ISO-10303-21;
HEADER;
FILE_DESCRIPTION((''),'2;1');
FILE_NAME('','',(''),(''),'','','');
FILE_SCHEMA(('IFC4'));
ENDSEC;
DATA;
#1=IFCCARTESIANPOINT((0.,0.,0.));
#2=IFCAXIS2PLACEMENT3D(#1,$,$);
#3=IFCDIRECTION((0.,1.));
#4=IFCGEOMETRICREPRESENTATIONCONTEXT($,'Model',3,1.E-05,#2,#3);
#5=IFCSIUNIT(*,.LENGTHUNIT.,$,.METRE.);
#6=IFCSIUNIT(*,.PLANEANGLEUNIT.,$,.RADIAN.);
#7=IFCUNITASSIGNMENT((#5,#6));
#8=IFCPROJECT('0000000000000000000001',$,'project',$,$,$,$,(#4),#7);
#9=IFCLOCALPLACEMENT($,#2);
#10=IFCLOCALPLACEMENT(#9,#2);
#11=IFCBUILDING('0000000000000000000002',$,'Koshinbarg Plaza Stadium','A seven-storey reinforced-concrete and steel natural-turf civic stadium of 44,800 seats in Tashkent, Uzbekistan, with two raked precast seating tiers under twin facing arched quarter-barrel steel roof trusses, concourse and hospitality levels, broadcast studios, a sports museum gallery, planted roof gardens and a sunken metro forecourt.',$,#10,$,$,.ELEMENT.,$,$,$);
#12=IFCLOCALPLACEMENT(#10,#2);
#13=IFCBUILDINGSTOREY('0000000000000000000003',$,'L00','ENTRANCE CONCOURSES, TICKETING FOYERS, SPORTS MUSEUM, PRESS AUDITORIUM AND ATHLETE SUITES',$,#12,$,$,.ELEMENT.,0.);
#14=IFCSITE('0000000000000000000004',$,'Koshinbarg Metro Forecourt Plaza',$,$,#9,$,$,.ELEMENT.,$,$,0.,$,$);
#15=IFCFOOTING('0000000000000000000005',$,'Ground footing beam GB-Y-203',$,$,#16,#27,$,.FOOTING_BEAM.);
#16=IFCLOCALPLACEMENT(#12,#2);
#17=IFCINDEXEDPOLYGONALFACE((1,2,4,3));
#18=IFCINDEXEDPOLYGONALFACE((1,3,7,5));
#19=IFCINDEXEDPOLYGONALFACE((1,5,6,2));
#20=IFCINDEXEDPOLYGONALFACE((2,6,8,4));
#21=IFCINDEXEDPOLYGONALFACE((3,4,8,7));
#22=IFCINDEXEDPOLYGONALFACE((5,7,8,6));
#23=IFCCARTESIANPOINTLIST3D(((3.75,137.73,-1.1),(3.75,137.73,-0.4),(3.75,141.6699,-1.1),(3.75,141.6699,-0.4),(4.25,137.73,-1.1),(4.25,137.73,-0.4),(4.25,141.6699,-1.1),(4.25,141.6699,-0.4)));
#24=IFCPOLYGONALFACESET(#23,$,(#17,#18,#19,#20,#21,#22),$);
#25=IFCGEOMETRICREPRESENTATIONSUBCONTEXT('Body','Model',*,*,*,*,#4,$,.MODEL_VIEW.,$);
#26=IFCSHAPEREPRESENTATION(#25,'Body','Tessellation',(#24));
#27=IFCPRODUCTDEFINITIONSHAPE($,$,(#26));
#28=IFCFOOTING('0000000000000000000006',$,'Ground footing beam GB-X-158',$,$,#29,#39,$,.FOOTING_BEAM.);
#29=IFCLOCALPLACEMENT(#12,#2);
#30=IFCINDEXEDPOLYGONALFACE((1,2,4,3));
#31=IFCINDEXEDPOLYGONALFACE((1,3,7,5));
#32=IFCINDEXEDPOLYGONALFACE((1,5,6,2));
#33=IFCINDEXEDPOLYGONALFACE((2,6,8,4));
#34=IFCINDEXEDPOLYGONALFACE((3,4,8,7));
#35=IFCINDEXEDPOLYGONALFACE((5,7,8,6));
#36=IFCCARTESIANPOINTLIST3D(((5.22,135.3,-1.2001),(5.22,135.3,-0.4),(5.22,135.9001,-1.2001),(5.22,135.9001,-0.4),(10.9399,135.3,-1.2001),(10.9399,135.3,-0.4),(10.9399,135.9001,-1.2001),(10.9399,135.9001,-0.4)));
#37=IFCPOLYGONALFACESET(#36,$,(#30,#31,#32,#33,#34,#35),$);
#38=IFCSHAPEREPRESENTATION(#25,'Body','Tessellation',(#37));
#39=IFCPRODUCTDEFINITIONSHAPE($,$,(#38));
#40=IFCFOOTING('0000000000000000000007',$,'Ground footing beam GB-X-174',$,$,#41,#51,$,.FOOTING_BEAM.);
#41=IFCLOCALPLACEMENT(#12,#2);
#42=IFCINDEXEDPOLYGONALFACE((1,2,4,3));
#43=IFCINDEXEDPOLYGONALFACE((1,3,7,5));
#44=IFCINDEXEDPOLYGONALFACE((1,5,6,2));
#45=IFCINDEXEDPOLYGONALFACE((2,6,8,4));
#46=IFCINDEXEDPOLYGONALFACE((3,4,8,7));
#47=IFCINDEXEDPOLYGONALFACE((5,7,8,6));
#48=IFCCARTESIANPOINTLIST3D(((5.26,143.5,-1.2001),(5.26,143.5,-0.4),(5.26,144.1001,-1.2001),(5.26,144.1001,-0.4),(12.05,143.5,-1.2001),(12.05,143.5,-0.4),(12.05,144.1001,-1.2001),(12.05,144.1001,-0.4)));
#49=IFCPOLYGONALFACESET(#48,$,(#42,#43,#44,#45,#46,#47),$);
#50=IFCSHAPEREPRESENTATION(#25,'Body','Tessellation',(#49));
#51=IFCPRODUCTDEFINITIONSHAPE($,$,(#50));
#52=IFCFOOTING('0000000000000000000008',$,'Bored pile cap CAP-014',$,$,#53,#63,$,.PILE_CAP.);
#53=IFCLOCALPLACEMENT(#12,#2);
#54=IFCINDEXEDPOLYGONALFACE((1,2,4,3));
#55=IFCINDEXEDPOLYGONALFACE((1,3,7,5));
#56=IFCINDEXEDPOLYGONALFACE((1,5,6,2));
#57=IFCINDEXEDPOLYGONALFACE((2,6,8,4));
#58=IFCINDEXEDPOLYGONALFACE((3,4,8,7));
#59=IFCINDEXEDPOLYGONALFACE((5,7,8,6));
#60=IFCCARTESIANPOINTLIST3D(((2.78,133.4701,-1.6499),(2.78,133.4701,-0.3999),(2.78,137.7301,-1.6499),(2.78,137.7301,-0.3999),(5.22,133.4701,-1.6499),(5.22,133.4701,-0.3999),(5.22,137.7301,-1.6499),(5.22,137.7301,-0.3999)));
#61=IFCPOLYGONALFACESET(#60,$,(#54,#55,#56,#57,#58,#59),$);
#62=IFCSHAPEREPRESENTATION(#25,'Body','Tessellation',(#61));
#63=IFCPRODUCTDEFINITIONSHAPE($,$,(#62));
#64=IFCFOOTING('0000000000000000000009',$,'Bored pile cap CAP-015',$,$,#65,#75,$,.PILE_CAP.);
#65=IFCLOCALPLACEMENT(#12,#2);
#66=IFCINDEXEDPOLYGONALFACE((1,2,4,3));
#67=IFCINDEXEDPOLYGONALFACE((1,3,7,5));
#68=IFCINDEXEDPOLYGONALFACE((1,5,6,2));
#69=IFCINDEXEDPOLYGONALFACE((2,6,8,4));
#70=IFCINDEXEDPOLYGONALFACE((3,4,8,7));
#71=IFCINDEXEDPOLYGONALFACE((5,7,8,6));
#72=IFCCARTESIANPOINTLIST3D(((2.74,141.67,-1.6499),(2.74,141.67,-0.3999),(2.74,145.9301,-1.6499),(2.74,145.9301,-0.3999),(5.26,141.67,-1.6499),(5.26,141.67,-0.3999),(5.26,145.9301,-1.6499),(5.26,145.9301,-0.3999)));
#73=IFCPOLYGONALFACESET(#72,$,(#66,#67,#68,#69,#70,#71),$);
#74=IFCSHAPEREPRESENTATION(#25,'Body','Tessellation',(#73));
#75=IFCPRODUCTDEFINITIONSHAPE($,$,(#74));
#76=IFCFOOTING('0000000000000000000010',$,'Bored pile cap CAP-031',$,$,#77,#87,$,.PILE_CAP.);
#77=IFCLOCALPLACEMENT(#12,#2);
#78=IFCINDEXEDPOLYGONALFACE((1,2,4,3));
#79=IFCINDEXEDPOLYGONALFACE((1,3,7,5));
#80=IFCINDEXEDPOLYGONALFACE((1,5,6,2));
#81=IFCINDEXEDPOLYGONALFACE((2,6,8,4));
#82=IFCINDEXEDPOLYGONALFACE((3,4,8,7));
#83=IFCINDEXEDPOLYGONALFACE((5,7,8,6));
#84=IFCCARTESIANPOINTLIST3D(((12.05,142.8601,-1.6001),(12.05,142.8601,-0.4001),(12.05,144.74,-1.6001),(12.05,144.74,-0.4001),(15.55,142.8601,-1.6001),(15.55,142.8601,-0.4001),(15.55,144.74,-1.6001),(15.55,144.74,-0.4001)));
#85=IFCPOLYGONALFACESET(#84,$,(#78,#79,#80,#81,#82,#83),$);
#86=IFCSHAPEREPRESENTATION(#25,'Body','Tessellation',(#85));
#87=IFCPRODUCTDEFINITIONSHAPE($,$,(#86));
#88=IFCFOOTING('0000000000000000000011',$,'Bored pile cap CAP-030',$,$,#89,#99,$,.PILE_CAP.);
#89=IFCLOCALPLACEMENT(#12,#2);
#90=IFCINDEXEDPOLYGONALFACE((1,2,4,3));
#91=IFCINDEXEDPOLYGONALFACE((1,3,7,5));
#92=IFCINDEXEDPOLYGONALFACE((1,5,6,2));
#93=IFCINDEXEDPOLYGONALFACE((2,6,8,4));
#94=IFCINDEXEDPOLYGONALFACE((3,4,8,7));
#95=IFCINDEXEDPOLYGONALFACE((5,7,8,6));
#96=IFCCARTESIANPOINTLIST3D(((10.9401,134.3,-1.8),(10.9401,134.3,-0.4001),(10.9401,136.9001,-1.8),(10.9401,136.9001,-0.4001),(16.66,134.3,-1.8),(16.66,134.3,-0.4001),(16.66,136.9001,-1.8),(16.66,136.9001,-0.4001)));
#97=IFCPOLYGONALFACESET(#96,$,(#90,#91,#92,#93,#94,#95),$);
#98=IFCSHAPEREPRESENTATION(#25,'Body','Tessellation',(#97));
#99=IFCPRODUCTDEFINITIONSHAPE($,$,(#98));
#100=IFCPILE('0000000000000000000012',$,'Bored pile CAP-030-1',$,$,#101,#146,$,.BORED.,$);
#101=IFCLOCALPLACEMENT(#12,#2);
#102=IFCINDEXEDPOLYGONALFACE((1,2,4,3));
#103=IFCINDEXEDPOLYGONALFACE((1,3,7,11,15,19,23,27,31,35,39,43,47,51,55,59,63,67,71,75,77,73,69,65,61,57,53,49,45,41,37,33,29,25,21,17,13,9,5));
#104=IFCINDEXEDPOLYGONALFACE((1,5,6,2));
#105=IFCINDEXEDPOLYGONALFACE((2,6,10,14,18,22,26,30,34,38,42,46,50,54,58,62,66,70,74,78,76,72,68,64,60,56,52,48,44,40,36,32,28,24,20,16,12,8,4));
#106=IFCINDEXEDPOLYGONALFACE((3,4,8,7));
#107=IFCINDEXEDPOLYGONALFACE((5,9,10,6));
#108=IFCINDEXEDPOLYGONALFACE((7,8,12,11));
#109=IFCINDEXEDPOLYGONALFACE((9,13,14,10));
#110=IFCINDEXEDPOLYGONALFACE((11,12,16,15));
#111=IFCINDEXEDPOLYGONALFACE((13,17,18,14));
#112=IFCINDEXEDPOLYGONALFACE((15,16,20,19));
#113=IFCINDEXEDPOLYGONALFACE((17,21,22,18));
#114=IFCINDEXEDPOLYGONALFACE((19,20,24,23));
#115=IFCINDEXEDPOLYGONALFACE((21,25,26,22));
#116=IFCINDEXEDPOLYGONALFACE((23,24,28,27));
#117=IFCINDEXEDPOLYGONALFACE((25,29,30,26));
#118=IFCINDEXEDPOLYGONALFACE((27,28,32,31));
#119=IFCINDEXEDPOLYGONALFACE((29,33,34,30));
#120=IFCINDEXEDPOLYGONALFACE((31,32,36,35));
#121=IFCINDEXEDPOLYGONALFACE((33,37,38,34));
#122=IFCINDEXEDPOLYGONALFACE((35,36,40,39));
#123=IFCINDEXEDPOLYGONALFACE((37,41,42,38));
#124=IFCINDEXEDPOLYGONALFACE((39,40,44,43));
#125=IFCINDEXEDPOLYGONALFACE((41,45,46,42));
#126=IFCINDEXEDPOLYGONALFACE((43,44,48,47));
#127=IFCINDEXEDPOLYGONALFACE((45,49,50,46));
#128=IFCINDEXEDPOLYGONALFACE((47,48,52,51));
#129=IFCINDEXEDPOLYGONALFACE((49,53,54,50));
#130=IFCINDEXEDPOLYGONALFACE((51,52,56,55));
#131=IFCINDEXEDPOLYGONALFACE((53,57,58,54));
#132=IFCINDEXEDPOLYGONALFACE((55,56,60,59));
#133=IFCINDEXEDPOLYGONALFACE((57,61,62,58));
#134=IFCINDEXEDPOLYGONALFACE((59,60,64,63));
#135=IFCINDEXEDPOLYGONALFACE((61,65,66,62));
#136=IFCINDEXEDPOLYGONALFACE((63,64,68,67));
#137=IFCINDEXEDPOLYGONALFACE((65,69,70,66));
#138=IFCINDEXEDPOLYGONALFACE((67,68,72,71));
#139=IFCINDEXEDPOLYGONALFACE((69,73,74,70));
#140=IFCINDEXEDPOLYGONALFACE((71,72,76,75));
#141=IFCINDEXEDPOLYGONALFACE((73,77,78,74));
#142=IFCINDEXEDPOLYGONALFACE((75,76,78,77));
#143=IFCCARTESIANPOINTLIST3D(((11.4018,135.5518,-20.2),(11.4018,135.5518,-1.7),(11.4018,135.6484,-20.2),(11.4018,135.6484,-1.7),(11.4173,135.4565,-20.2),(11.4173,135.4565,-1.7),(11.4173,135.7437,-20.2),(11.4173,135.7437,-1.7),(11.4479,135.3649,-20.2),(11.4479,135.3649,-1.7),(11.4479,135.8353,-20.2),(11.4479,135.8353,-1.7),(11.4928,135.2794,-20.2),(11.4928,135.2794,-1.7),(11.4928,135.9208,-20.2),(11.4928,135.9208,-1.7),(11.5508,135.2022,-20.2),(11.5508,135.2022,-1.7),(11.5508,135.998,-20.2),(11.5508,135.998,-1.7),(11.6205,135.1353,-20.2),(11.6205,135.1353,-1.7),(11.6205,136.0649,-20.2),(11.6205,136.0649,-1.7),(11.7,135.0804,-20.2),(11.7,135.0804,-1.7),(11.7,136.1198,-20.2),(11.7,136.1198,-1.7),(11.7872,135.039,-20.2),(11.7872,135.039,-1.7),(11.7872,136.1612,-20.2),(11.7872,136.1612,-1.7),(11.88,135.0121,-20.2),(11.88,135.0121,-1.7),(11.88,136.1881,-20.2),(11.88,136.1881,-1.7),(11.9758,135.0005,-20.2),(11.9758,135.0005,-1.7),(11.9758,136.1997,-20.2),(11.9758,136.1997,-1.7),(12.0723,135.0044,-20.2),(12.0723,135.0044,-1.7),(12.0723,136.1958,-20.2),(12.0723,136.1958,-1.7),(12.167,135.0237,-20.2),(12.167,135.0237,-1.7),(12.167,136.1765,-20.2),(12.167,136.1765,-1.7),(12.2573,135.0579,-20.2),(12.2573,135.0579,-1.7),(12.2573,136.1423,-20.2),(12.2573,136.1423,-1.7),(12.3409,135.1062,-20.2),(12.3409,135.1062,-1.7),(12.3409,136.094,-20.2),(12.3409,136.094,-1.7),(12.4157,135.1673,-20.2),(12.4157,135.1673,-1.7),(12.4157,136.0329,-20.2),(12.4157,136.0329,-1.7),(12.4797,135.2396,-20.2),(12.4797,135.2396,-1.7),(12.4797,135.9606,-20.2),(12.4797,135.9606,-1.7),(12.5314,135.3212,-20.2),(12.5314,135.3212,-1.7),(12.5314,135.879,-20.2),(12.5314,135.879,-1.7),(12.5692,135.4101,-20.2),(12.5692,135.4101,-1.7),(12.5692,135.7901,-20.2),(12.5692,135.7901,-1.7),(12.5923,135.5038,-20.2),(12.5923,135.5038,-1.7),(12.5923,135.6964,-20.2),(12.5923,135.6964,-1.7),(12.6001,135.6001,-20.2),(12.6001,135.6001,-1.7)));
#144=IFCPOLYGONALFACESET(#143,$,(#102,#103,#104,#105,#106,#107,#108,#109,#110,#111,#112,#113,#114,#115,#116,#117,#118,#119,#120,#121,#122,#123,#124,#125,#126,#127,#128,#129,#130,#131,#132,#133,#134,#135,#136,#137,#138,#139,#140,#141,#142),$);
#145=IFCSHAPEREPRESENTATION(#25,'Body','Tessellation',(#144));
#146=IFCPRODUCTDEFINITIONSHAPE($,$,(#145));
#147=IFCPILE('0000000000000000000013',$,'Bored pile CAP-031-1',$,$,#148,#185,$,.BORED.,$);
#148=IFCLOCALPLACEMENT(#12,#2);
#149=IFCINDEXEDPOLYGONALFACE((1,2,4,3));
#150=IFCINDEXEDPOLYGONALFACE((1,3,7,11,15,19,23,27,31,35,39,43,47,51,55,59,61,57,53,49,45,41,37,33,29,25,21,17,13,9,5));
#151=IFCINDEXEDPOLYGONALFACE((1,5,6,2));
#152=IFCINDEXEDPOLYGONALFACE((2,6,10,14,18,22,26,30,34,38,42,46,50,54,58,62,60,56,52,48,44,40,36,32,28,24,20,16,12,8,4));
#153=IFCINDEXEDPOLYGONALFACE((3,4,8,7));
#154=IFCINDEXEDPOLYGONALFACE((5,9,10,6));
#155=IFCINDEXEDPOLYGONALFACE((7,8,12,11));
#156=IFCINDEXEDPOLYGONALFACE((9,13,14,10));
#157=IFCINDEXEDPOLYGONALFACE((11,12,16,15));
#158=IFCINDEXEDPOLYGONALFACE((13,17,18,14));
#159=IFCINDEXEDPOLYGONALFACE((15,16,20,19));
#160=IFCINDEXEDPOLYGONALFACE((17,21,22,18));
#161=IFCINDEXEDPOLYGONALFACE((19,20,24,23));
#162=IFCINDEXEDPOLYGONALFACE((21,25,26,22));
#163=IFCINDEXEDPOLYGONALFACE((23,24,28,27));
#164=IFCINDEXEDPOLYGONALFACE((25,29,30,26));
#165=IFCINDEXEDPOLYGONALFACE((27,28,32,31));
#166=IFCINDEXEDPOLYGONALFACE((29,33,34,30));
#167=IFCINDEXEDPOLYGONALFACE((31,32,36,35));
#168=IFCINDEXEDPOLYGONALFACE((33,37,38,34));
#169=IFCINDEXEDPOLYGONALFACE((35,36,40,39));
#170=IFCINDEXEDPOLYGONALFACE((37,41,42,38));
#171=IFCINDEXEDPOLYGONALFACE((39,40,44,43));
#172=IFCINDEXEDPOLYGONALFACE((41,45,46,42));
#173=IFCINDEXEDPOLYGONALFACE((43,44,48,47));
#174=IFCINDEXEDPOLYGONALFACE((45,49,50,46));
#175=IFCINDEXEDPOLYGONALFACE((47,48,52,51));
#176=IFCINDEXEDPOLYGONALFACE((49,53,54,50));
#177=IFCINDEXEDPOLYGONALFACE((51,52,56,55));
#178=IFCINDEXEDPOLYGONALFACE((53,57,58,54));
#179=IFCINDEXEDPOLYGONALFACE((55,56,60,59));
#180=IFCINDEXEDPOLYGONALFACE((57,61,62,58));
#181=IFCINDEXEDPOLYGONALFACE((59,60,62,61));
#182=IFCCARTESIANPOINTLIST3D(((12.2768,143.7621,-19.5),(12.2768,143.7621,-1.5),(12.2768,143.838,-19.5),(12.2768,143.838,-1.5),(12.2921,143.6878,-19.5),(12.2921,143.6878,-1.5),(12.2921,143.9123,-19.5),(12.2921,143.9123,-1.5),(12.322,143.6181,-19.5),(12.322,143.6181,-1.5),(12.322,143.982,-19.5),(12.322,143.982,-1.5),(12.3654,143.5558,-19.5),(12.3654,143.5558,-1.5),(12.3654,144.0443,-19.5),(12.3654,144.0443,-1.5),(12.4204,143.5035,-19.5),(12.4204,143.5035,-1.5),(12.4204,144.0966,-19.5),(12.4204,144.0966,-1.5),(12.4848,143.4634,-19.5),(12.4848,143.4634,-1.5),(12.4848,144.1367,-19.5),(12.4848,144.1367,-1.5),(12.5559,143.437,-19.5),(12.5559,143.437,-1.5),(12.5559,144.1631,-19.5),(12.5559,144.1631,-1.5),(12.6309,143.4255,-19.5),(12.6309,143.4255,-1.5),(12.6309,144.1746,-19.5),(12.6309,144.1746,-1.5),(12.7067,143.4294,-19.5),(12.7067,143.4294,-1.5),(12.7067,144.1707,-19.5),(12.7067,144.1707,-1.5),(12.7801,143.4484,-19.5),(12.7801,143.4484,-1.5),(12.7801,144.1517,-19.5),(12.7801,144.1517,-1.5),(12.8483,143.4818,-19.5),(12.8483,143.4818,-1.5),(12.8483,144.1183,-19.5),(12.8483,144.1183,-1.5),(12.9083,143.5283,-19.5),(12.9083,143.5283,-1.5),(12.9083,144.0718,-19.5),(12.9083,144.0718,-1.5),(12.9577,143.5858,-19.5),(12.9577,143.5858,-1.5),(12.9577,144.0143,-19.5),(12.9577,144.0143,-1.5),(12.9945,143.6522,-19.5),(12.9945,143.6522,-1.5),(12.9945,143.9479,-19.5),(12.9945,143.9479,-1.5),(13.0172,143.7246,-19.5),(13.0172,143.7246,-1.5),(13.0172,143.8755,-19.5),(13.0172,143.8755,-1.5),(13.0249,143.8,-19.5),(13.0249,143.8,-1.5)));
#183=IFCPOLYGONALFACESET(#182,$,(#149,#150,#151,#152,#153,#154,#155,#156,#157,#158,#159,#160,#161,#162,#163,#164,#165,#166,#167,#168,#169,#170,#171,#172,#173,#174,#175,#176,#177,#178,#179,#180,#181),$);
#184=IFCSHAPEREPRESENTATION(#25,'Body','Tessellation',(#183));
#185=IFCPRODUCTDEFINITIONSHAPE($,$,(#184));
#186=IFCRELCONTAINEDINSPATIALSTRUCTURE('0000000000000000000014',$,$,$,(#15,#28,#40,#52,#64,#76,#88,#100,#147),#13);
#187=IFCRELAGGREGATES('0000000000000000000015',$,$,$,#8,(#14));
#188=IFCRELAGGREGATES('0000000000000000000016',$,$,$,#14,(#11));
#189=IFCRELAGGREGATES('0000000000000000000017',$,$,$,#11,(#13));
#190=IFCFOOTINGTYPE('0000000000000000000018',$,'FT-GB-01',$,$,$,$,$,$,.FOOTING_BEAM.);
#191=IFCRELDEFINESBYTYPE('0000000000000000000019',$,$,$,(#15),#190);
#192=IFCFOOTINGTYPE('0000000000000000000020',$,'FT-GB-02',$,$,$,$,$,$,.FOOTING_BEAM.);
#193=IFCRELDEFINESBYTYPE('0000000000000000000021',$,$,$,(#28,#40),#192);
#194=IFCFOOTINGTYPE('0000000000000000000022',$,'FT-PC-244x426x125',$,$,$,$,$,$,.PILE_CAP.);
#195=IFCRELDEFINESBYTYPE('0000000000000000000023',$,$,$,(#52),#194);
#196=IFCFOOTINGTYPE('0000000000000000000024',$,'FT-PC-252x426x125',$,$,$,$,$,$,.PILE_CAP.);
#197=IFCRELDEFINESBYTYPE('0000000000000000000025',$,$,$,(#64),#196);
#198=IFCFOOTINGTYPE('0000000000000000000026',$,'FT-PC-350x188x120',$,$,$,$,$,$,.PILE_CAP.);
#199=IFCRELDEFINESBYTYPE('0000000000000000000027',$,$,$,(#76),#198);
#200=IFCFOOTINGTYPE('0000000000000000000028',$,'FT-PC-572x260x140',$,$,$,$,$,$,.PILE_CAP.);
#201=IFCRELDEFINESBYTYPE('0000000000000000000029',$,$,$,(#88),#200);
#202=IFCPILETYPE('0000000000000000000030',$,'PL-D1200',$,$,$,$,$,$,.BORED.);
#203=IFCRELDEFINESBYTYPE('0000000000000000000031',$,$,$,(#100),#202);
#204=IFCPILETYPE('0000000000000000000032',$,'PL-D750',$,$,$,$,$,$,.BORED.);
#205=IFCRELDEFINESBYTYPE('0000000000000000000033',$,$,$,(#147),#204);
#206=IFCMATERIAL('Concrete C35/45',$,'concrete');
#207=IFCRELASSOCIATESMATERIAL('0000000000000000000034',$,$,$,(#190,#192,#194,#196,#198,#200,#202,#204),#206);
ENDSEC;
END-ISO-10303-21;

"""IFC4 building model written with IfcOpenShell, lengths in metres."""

from ifc_helpers import new_model, si_unit, direction, frame, origin, origin_2d, place, context, subcontext, project, spatial, rectangle, circle, extrude, material, material_profile, profile_set, type_object, element, save


model = new_model("IFC4")

# Units and contexts
model_context = context("Model", 3, precision=1e-05, world=origin(), true_north=direction((0.0, 1.0)))
body_context = subcontext(model_context, "Body", "Model", "MODEL_VIEW")
ifc_project = project(units=[si_unit("LENGTHUNIT", "METRE"), si_unit("PLANEANGLEUNIT", "RADIAN")], contexts=[model_context])

# Site, building, storey
site_placement = place(None, origin())
site = spatial("IfcSite", under=ifc_project, at=site_placement, Name="Koshinbarg Metro Forecourt Plaza", CompositionType="ELEMENT", RefElevation=0.0)
building_placement = place(site_placement, origin())
building = spatial("IfcBuilding", under=site, at=building_placement, Name="Koshinbarg Plaza Stadium", Description="A seven-storey reinforced-concrete and steel natural-turf civic stadium of 44,800 seats in Tashkent, Uzbekistan, with two raked precast seating tiers under twin facing arched quarter-barrel steel roof trusses, concourse and hospitality levels, broadcast studios, a sports museum gallery, planted roof gardens and a sunken metro forecourt.", CompositionType="ELEMENT")
storey_placement = place(building_placement, origin())
storey = spatial("IfcBuildingStorey", under=building, at=storey_placement, Name="L00", Description="ENTRANCE CONCOURSES, TICKETING FOYERS, SPORTS MUSEUM, PRESS AUDITORIUM AND ATHLETE SUITES", CompositionType="ELEMENT", Elevation=0.0)

# Footings
ifc_material_1 = material(Name="Concrete C35/45", Category="concrete")
ifc_material_profile_1 = material_profile(ifc_material_1, rectangle(XDim=0.5, YDim=0.7, at=origin_2d()), Name="GB 500x700")
ifc_profile_set_1 = profile_set([ifc_material_profile_1], Name="Concrete C35/45")
footing_type_1 = type_object("IfcFootingType", Name="FT-GB-01", PredefinedType="FOOTING_BEAM", material=ifc_profile_set_1)
footing_1_placement = place(storey_placement, frame((4.0, 137.73, -0.75), z_axis=(0.0, 1.0, 0.0), x_axis=(-1.0, 0.0, 0.0)))
element("IfcFooting", 1, at=footing_1_placement, inside=storey, type_object=footing_type_1, Name="Ground footing beam GB-Y-203", PredefinedType="FOOTING_BEAM", context=body_context, shape_type="SweptSolid", body=[
    extrude(rectangle(XDim=0.5, YDim=0.7, at=origin_2d()), origin(), (0.0, 0.0, 1.0), 3.9399),
])
ifc_material_profile_2 = material_profile(ifc_material_1, rectangle(XDim=0.6001, YDim=0.8, at=origin_2d()), Name="GB 600x800")
ifc_profile_set_2 = profile_set([ifc_material_profile_2], Name="Concrete C35/45")
footing_type_2 = type_object("IfcFootingType", Name="FT-GB-02", PredefinedType="FOOTING_BEAM", material=ifc_profile_set_2)
footing_2_placement = place(storey_placement, frame((5.22, 135.6001, -0.8), z_axis=(1.0, 0.0, 0.0), x_axis=(0.0, 1.0, 0.0)))
element("IfcFooting", 2, at=footing_2_placement, inside=storey, type_object=footing_type_2, Name="Ground footing beam GB-X-158", PredefinedType="FOOTING_BEAM", context=body_context, shape_type="SweptSolid", body=[
    extrude(rectangle(XDim=0.6001, YDim=0.8, at=origin_2d()), origin(), (0.0, 0.0, 1.0), 5.72),
])
footing_3_placement = place(storey_placement, frame((5.26, 143.8, -0.8), z_axis=(1.0, 0.0, 0.0), x_axis=(0.0, 1.0, 0.0)))
element("IfcFooting", 3, at=footing_3_placement, inside=storey, type_object=footing_type_2, Name="Ground footing beam GB-X-174", PredefinedType="FOOTING_BEAM", context=body_context, shape_type="SweptSolid", body=[
    extrude(rectangle(XDim=0.6001, YDim=0.8, at=origin_2d()), origin(), (0.0, 0.0, 1.0), 6.79),
])
footing_type_3 = type_object("IfcFootingType", Name="FT-PC-244x426x125", PredefinedType="PILE_CAP", material=ifc_material_1)
footing_4_placement = place(storey_placement, frame((4.0, 135.6001, -1.6499), z_axis=(0.0, 0.0, 1.0), x_axis=(1.0, 0.0, 0.0)))
element("IfcFooting", 4, at=footing_4_placement, inside=storey, type_object=footing_type_3, Name="Bored pile cap CAP-014", PredefinedType="PILE_CAP", context=body_context, shape_type="SweptSolid", body=[
    extrude(rectangle(XDim=2.4399, YDim=4.26, at=origin_2d()), origin(), (0.0, 0.0, 1.0), 1.25),
])
footing_type_4 = type_object("IfcFootingType", Name="FT-PC-252x426x125", PredefinedType="PILE_CAP", material=ifc_material_1)
footing_5_placement = place(storey_placement, frame((4.0, 143.8, -1.6499), z_axis=(0.0, 0.0, 1.0), x_axis=(1.0, 0.0, 0.0)))
element("IfcFooting", 5, at=footing_5_placement, inside=storey, type_object=footing_type_4, Name="Bored pile cap CAP-015", PredefinedType="PILE_CAP", context=body_context, shape_type="SweptSolid", body=[
    extrude(rectangle(XDim=2.52, YDim=4.26, at=origin_2d()), origin(), (0.0, 0.0, 1.0), 1.25),
])
footing_type_5 = type_object("IfcFootingType", Name="FT-PC-350x188x120", PredefinedType="PILE_CAP", material=ifc_material_1)
footing_6_placement = place(storey_placement, frame((13.8, 143.8, -1.6001), z_axis=(0.0, 0.0, 1.0), x_axis=(1.0, 0.0, 0.0)))
element("IfcFooting", 6, at=footing_6_placement, inside=storey, type_object=footing_type_5, Name="Bored pile cap CAP-031", PredefinedType="PILE_CAP", context=body_context, shape_type="SweptSolid", body=[
    extrude(rectangle(XDim=3.5, YDim=1.8799, at=origin_2d()), origin(), (0.0, 0.0, 1.0), 1.2),
])
footing_type_6 = type_object("IfcFootingType", Name="FT-PC-572x260x140", PredefinedType="PILE_CAP", material=ifc_material_1)
footing_7_placement = place(storey_placement, frame((13.8, 135.6001, -1.8), z_axis=(0.0, 0.0, 1.0), x_axis=(1.0, 0.0, 0.0)))
element("IfcFooting", 7, at=footing_7_placement, inside=storey, type_object=footing_type_6, Name="Bored pile cap CAP-030", PredefinedType="PILE_CAP", context=body_context, shape_type="SweptSolid", body=[
    extrude(rectangle(XDim=5.72, YDim=2.6001, at=origin_2d()), origin(), (0.0, 0.0, 1.0), 1.3999),
])

# Piles
ifc_material_profile_3 = material_profile(ifc_material_1, circle(Radius=0.6001, at=origin_2d()), Name="PILE D1200")
ifc_profile_set_3 = profile_set([ifc_material_profile_3], Name="Concrete C35/45")
pile_type_1 = type_object("IfcPileType", Name="PL-D1200", PredefinedType="BORED", material=ifc_profile_set_3)
pile_placement = place(storey_placement, frame((12.0, 135.6001, -1.7), z_axis=(0.0, 0.0, -1.0), x_axis=(1.0, 0.0, 0.0)))
element("IfcPile", 8, at=pile_placement, inside=storey, type_object=pile_type_1, Name="Bored pile CAP-030-1", PredefinedType="BORED", context=body_context, shape_type="SweptSolid", body=[
    extrude(circle(Radius=0.6001, at=origin_2d()), origin(), (0.0, 0.0, 1.0), 18.5),
])
ifc_material_profile_4 = material_profile(ifc_material_1, circle(Radius=0.375, at=origin_2d()), Name="PILE D750")
ifc_profile_set_4 = profile_set([ifc_material_profile_4], Name="Concrete C35/45")
pile_type_2 = type_object("IfcPileType", Name="PL-D750", PredefinedType="BORED", material=ifc_profile_set_4)
for number, where, z_axis, x_axis, name in (
    (9, (12.6499, 143.8, -1.5), (0.0, 0.0, -1.0), (1.0, 0.0, 0.0), "Bored pile CAP-031-1"),
):
    element("IfcPile", number, at=place(storey_placement, frame(where, z_axis=z_axis, x_axis=x_axis)), inside=storey, type_object=pile_type_2, Name=name, PredefinedType="BORED", context=body_context, shape_type="SweptSolid", body=[
        extrude(circle(Radius=0.375, at=origin_2d()), origin(), (0.0, 0.0, 1.0), 18.0),
    ])

save(model, "model.ifc")
